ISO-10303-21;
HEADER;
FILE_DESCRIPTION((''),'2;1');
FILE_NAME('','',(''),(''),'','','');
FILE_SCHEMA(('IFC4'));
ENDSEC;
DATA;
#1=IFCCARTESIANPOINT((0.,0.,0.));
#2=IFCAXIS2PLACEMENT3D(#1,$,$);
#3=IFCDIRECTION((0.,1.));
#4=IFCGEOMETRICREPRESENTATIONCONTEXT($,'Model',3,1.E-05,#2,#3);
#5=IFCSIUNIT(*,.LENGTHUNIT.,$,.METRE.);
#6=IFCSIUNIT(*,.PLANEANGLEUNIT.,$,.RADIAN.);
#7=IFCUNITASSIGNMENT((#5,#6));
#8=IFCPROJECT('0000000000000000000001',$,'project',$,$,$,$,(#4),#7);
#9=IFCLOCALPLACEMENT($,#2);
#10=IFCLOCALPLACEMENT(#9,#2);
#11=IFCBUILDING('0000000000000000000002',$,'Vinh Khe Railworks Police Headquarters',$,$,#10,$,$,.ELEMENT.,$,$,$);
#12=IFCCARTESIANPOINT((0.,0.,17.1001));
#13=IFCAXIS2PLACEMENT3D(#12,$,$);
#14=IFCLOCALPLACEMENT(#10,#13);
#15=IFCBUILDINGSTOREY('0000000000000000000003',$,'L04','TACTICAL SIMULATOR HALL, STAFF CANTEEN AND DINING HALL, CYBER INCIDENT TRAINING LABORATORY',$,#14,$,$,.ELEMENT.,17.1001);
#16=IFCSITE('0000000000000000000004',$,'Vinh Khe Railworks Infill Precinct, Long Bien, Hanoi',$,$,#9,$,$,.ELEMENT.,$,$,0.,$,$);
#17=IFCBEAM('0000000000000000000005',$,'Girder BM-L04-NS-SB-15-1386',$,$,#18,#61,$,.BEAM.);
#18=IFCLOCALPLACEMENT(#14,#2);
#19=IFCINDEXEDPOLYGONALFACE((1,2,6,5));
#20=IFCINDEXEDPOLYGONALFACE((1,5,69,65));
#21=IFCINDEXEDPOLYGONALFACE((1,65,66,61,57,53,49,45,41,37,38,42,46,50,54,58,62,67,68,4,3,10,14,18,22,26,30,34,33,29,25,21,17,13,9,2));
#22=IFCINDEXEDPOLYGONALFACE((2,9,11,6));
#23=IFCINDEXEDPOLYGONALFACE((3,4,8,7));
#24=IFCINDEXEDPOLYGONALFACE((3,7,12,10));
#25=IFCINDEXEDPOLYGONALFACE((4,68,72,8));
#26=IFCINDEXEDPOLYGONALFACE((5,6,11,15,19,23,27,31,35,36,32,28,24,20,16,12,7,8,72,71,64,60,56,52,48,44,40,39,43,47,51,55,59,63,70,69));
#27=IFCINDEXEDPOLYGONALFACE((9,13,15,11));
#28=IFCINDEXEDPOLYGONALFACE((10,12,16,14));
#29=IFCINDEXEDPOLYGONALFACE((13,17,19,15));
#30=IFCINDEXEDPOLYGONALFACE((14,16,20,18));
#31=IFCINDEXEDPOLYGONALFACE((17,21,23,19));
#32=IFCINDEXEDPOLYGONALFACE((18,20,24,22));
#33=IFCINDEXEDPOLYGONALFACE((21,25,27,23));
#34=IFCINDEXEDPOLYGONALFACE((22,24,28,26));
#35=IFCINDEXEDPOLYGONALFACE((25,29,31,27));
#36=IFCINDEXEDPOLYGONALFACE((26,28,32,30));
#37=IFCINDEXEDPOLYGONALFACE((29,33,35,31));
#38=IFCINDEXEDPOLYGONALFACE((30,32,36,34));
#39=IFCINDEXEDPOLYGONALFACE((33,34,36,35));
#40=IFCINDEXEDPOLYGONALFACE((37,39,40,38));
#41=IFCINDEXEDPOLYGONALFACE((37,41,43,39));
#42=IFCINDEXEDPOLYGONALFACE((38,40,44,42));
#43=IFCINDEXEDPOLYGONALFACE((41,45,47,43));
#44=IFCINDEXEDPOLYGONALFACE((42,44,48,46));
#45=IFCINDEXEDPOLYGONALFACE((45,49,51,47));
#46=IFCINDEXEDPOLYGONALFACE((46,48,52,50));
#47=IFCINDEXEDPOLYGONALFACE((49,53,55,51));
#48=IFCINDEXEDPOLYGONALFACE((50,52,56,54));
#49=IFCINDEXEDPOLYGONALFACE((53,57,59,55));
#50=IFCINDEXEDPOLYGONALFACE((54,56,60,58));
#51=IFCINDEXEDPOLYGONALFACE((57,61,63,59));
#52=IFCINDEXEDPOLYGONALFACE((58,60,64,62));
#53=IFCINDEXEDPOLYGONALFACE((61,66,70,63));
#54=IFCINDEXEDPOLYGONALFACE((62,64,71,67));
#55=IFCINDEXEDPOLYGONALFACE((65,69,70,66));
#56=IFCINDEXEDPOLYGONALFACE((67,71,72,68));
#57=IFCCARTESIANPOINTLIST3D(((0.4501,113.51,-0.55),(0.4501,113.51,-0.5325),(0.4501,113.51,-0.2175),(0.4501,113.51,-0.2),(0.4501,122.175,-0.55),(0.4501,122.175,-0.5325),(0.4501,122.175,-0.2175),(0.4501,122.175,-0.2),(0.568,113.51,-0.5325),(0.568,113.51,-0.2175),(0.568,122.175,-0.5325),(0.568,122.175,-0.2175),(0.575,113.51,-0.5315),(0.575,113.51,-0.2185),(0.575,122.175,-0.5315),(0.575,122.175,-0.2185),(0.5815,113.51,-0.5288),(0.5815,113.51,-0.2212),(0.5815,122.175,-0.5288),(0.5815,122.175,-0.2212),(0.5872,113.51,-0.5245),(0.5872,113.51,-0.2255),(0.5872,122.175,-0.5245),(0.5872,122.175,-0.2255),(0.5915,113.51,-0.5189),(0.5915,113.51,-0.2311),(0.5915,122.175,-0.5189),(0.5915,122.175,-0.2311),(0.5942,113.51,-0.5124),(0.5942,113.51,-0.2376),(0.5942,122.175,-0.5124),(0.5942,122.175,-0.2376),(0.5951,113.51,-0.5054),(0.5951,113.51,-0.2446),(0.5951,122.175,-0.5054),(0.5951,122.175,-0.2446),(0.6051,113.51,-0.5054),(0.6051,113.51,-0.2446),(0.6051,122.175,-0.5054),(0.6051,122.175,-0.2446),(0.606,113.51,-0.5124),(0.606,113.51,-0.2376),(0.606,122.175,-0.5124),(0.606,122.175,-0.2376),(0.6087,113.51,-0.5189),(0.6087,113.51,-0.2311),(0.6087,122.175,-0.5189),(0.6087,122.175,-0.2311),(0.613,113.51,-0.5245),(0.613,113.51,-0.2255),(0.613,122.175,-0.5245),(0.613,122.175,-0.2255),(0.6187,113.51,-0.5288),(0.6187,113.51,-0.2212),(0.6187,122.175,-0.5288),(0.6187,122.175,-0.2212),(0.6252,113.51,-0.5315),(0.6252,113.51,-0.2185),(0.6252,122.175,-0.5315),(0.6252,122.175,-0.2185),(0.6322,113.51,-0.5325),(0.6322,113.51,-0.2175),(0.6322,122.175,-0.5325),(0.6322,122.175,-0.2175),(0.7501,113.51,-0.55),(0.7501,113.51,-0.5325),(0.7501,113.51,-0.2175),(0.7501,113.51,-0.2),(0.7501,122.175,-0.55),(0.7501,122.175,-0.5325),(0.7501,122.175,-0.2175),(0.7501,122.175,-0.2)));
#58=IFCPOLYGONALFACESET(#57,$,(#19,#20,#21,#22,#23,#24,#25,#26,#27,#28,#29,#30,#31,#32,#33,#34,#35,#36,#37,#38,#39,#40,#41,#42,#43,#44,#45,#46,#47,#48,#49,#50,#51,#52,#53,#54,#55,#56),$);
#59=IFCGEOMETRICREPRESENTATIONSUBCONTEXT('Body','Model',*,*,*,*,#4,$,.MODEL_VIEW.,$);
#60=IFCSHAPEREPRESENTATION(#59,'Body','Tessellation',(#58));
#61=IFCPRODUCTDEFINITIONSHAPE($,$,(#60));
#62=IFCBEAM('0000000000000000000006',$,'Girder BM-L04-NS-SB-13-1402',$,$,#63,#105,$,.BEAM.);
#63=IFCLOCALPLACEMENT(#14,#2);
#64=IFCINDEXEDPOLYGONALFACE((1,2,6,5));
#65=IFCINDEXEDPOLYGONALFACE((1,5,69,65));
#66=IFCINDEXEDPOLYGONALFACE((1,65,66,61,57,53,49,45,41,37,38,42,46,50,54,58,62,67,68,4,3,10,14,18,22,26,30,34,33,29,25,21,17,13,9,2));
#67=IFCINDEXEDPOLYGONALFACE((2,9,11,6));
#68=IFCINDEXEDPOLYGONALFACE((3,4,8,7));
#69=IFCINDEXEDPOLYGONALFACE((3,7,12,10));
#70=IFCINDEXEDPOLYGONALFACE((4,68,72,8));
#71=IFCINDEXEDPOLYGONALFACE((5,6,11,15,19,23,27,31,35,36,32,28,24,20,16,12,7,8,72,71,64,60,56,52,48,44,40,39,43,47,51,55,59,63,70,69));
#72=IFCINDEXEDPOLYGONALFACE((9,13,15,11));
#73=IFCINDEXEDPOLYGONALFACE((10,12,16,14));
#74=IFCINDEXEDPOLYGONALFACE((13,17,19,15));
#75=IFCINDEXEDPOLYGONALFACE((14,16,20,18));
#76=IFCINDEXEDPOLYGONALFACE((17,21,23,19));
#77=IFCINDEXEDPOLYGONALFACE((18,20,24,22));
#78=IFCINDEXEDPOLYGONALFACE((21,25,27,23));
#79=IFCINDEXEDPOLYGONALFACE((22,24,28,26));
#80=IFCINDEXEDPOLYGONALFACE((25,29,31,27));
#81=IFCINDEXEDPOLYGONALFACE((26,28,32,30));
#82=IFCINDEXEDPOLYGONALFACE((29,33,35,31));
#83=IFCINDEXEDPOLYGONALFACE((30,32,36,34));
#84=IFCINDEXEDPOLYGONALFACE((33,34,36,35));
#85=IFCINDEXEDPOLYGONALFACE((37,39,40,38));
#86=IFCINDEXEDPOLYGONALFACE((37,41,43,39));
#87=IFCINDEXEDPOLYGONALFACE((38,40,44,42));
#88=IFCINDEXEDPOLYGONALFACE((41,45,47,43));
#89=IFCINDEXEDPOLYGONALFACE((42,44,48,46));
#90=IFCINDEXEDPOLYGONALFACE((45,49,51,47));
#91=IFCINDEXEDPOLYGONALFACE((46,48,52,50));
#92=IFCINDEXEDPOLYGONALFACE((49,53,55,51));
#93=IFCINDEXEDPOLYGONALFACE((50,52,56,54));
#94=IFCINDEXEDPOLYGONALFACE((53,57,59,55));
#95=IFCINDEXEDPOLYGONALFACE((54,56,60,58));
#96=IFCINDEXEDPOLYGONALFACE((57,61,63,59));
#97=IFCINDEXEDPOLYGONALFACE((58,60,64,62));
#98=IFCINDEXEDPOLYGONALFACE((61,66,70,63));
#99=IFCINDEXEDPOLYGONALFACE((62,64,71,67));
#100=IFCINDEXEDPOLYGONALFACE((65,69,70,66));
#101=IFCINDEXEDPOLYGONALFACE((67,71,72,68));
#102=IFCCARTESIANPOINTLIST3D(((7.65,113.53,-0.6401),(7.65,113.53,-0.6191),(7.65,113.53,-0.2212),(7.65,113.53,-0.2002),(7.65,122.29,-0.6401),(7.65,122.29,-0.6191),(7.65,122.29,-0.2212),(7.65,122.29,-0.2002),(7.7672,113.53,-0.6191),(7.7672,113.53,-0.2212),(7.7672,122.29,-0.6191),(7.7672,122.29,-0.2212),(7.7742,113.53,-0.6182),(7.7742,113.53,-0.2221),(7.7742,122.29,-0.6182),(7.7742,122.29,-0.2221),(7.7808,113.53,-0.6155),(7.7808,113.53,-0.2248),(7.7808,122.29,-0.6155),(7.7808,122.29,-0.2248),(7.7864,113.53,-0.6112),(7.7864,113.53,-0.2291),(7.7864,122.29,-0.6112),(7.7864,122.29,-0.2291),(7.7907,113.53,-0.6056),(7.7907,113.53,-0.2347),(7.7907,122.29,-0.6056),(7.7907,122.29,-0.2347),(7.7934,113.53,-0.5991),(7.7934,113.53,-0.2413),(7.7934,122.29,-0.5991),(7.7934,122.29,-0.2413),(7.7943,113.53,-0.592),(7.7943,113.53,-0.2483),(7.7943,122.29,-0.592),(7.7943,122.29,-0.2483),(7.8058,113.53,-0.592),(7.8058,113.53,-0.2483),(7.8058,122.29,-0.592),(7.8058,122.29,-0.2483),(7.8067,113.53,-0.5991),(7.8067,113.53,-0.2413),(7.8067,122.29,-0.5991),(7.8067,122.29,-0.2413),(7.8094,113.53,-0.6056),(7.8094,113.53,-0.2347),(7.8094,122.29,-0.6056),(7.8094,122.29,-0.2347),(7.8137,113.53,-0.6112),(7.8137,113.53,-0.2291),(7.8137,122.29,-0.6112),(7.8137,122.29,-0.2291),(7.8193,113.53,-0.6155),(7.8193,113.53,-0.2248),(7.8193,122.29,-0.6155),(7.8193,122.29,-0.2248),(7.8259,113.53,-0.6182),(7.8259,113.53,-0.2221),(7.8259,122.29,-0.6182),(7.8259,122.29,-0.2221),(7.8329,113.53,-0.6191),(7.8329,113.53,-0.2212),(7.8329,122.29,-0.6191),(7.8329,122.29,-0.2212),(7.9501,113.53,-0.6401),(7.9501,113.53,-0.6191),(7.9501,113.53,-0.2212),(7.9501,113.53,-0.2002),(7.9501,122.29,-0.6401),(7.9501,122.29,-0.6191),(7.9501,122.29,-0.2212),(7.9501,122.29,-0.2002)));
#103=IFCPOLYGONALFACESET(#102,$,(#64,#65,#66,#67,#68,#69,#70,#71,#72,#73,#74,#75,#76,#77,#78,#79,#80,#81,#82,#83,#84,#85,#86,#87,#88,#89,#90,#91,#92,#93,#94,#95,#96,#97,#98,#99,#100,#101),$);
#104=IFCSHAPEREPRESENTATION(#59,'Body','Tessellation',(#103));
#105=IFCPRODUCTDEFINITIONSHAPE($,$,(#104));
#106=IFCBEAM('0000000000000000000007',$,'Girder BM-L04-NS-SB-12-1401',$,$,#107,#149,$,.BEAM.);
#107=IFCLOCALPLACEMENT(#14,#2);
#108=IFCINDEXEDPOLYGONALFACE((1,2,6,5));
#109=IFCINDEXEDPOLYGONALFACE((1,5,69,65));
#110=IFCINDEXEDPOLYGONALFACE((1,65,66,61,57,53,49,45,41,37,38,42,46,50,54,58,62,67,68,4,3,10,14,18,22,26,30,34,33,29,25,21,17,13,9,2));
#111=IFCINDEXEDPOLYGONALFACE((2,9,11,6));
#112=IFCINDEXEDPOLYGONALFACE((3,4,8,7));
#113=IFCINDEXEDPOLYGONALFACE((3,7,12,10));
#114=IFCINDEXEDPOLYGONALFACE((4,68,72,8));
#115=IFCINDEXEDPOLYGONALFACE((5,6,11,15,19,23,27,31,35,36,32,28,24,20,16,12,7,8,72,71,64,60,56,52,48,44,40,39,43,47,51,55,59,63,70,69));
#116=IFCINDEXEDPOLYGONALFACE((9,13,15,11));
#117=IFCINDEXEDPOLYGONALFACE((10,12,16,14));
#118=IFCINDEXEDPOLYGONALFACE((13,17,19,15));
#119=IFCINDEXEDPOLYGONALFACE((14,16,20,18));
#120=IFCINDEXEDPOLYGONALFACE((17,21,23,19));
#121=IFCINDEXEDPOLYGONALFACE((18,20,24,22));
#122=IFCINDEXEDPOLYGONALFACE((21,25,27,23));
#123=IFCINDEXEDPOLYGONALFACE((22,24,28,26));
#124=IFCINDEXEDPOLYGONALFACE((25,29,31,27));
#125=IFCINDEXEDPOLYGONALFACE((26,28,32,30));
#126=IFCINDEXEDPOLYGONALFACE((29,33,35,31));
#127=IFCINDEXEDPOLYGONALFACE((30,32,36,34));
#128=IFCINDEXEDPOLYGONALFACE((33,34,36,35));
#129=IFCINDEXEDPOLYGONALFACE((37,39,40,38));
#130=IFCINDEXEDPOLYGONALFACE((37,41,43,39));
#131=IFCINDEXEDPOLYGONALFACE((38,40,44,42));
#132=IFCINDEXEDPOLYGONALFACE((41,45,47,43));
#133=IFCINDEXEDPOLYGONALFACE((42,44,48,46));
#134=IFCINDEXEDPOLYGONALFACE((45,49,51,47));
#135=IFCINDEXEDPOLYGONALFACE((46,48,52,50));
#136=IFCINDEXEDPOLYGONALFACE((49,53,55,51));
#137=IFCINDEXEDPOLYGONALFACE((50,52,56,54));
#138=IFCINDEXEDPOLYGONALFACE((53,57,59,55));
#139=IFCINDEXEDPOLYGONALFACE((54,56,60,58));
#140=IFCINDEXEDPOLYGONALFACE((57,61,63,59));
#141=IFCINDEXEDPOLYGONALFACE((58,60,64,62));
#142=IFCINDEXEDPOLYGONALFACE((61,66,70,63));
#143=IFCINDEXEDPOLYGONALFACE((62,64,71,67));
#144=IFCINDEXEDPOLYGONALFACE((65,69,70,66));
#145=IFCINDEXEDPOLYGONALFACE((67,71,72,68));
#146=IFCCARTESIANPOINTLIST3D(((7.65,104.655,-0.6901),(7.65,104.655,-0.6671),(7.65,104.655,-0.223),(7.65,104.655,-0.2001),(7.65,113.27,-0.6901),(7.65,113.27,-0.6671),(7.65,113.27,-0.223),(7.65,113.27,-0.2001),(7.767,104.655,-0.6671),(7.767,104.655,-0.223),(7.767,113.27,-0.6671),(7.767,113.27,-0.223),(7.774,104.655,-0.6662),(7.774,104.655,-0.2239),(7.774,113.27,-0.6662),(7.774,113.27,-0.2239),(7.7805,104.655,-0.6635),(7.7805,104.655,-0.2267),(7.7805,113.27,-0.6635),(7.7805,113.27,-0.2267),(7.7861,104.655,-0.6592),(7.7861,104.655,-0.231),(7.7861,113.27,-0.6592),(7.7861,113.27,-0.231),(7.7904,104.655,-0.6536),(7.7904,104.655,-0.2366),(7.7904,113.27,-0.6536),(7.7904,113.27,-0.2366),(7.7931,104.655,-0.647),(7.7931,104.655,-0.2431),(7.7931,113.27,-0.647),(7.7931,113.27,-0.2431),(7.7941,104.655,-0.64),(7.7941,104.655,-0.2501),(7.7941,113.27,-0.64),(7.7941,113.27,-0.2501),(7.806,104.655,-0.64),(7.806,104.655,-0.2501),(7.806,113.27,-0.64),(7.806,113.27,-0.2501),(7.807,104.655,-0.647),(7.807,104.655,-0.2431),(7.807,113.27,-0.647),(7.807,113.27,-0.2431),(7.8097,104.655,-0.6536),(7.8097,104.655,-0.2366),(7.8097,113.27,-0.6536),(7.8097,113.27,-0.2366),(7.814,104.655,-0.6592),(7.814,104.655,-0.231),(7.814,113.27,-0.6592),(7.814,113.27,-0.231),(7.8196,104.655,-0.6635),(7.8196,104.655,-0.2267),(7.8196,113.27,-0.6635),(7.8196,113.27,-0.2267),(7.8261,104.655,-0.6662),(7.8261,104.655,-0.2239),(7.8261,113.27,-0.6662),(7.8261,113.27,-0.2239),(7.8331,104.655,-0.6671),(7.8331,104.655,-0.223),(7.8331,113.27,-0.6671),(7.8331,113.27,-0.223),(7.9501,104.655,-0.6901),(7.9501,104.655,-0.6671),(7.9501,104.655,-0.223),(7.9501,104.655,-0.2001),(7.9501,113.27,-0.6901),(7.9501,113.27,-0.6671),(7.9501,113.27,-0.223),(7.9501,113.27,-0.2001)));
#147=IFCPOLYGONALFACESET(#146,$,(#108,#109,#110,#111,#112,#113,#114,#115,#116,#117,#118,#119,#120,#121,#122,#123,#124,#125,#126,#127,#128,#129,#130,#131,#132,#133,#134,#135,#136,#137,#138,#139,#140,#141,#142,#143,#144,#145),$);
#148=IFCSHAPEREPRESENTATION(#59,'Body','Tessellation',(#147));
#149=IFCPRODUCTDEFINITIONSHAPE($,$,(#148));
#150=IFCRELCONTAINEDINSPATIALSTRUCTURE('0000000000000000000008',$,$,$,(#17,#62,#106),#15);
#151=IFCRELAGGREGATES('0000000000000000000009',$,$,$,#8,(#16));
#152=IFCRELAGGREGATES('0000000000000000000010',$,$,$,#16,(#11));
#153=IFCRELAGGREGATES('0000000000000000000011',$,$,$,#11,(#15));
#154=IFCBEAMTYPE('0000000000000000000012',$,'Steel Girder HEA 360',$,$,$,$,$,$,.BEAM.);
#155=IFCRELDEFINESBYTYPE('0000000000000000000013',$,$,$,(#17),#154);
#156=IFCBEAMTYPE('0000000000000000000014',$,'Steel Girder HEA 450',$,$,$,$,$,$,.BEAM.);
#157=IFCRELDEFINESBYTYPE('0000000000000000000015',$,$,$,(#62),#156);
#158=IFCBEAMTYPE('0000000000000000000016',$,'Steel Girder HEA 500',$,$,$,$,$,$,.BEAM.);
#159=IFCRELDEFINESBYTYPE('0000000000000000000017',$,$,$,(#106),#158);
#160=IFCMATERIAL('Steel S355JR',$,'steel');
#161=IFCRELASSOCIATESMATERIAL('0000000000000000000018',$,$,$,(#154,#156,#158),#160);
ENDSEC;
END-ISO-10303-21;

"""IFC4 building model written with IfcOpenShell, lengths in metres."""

from ifc_helpers import new_model, si_unit, direction, frame, origin, origin_2d, place, context, subcontext, project, spatial, i_section, extrude, material, material_profile, profile_set, type_object, element, save


model = new_model("IFC4")

# Units and contexts
model_context = context("Model", 3, precision=1e-05, world=origin(), true_north=direction((0.0, 1.0)))
body_context = subcontext(model_context, "Body", "Model", "MODEL_VIEW")
ifc_project = project(units=[si_unit("LENGTHUNIT", "METRE"), si_unit("PLANEANGLEUNIT", "RADIAN")], contexts=[model_context])

# Site, building, storey
site_placement = place(None, origin())
site = spatial("IfcSite", under=ifc_project, at=site_placement, Name="Vinh Khe Railworks Infill Precinct, Long Bien, Hanoi", CompositionType="ELEMENT", RefElevation=0.0)
building_placement = place(site_placement, origin())
building = spatial("IfcBuilding", under=site, at=building_placement, Name="Vinh Khe Railworks Police Headquarters", CompositionType="ELEMENT")
storey_placement = place(building_placement, frame((0.0, 0.0, 17.1001)))
storey = spatial("IfcBuildingStorey", under=building, at=storey_placement, Name="L04", Description="TACTICAL SIMULATOR HALL, STAFF CANTEEN AND DINING HALL, CYBER INCIDENT TRAINING LABORATORY", CompositionType="ELEMENT", Elevation=17.1001)

# Shared definitions
ifc_material_1 = material(Name="Steel S355JR", Category="steel")

# Beams
ifc_material_profile_1 = material_profile(ifc_material_1, i_section(OverallWidth=0.3, OverallDepth=0.3501, WebThickness=0.01, FlangeThickness=0.0176, FilletRadius=0.0271, at=origin_2d()), Name="HEA 360")
ifc_profile_set_1 = profile_set([ifc_material_profile_1], Name="Steel S355JR")
beam_type_1 = type_object("IfcBeamType", Name="Steel Girder HEA 360", PredefinedType="BEAM", material=ifc_profile_set_1)
beam_1_placement = place(storey_placement, frame((0.6001, 113.51, -0.375), z_axis=(0.0, 1.0, 0.0), x_axis=(-1.0, 0.0, 0.0)))
element("IfcBeam", 1, at=beam_1_placement, inside=storey, type_object=beam_type_1, Name="Girder BM-L04-NS-SB-15-1386", PredefinedType="BEAM", context=body_context, shape_type="SweptSolid", body=[
    extrude(i_section(OverallWidth=0.3, OverallDepth=0.3501, WebThickness=0.01, FlangeThickness=0.0176, FilletRadius=0.0271, at=origin_2d()), origin(), (0.0, 0.0, 1.0), 8.665),
])
ifc_material_profile_2 = material_profile(ifc_material_1, i_section(OverallWidth=0.3, OverallDepth=0.4399, WebThickness=0.0115, FlangeThickness=0.021, FilletRadius=0.0271, at=origin_2d()), Name="HEA 450")
ifc_profile_set_2 = profile_set([ifc_material_profile_2], Name="Steel S355JR")
beam_type_2 = type_object("IfcBeamType", Name="Steel Girder HEA 450", PredefinedType="BEAM", material=ifc_profile_set_2)
beam_2_placement = place(storey_placement, frame((7.8, 113.53, -0.4202), z_axis=(0.0, 1.0, 0.0), x_axis=(-1.0, 0.0, 0.0)))
element("IfcBeam", 2, at=beam_2_placement, inside=storey, type_object=beam_type_2, Name="Girder BM-L04-NS-SB-13-1402", PredefinedType="BEAM", context=body_context, shape_type="SweptSolid", body=[
    extrude(i_section(OverallWidth=0.3, OverallDepth=0.4399, WebThickness=0.0115, FlangeThickness=0.021, FilletRadius=0.0271, at=origin_2d()), origin(), (0.0, 0.0, 1.0), 8.76),
])
ifc_material_profile_3 = material_profile(ifc_material_1, i_section(OverallWidth=0.3, OverallDepth=0.49, WebThickness=0.012, FlangeThickness=0.0229, FilletRadius=0.0271, at=origin_2d()), Name="HEA 500")
ifc_profile_set_3 = profile_set([ifc_material_profile_3], Name="Steel S355JR")
beam_type_3 = type_object("IfcBeamType", Name="Steel Girder HEA 500", PredefinedType="BEAM", material=ifc_profile_set_3)
beam_3_placement = place(storey_placement, frame((7.8, 104.655, -0.4451), z_axis=(0.0, 1.0, 0.0), x_axis=(-1.0, 0.0, 0.0)))
element("IfcBeam", 3, at=beam_3_placement, inside=storey, type_object=beam_type_3, Name="Girder BM-L04-NS-SB-12-1401", PredefinedType="BEAM", context=body_context, shape_type="SweptSolid", body=[
    extrude(i_section(OverallWidth=0.3, OverallDepth=0.49, WebThickness=0.012, FlangeThickness=0.0229, FilletRadius=0.0271, at=origin_2d()), origin(), (0.0, 0.0, 1.0), 8.615),
])

save(model, "model.ifc")
